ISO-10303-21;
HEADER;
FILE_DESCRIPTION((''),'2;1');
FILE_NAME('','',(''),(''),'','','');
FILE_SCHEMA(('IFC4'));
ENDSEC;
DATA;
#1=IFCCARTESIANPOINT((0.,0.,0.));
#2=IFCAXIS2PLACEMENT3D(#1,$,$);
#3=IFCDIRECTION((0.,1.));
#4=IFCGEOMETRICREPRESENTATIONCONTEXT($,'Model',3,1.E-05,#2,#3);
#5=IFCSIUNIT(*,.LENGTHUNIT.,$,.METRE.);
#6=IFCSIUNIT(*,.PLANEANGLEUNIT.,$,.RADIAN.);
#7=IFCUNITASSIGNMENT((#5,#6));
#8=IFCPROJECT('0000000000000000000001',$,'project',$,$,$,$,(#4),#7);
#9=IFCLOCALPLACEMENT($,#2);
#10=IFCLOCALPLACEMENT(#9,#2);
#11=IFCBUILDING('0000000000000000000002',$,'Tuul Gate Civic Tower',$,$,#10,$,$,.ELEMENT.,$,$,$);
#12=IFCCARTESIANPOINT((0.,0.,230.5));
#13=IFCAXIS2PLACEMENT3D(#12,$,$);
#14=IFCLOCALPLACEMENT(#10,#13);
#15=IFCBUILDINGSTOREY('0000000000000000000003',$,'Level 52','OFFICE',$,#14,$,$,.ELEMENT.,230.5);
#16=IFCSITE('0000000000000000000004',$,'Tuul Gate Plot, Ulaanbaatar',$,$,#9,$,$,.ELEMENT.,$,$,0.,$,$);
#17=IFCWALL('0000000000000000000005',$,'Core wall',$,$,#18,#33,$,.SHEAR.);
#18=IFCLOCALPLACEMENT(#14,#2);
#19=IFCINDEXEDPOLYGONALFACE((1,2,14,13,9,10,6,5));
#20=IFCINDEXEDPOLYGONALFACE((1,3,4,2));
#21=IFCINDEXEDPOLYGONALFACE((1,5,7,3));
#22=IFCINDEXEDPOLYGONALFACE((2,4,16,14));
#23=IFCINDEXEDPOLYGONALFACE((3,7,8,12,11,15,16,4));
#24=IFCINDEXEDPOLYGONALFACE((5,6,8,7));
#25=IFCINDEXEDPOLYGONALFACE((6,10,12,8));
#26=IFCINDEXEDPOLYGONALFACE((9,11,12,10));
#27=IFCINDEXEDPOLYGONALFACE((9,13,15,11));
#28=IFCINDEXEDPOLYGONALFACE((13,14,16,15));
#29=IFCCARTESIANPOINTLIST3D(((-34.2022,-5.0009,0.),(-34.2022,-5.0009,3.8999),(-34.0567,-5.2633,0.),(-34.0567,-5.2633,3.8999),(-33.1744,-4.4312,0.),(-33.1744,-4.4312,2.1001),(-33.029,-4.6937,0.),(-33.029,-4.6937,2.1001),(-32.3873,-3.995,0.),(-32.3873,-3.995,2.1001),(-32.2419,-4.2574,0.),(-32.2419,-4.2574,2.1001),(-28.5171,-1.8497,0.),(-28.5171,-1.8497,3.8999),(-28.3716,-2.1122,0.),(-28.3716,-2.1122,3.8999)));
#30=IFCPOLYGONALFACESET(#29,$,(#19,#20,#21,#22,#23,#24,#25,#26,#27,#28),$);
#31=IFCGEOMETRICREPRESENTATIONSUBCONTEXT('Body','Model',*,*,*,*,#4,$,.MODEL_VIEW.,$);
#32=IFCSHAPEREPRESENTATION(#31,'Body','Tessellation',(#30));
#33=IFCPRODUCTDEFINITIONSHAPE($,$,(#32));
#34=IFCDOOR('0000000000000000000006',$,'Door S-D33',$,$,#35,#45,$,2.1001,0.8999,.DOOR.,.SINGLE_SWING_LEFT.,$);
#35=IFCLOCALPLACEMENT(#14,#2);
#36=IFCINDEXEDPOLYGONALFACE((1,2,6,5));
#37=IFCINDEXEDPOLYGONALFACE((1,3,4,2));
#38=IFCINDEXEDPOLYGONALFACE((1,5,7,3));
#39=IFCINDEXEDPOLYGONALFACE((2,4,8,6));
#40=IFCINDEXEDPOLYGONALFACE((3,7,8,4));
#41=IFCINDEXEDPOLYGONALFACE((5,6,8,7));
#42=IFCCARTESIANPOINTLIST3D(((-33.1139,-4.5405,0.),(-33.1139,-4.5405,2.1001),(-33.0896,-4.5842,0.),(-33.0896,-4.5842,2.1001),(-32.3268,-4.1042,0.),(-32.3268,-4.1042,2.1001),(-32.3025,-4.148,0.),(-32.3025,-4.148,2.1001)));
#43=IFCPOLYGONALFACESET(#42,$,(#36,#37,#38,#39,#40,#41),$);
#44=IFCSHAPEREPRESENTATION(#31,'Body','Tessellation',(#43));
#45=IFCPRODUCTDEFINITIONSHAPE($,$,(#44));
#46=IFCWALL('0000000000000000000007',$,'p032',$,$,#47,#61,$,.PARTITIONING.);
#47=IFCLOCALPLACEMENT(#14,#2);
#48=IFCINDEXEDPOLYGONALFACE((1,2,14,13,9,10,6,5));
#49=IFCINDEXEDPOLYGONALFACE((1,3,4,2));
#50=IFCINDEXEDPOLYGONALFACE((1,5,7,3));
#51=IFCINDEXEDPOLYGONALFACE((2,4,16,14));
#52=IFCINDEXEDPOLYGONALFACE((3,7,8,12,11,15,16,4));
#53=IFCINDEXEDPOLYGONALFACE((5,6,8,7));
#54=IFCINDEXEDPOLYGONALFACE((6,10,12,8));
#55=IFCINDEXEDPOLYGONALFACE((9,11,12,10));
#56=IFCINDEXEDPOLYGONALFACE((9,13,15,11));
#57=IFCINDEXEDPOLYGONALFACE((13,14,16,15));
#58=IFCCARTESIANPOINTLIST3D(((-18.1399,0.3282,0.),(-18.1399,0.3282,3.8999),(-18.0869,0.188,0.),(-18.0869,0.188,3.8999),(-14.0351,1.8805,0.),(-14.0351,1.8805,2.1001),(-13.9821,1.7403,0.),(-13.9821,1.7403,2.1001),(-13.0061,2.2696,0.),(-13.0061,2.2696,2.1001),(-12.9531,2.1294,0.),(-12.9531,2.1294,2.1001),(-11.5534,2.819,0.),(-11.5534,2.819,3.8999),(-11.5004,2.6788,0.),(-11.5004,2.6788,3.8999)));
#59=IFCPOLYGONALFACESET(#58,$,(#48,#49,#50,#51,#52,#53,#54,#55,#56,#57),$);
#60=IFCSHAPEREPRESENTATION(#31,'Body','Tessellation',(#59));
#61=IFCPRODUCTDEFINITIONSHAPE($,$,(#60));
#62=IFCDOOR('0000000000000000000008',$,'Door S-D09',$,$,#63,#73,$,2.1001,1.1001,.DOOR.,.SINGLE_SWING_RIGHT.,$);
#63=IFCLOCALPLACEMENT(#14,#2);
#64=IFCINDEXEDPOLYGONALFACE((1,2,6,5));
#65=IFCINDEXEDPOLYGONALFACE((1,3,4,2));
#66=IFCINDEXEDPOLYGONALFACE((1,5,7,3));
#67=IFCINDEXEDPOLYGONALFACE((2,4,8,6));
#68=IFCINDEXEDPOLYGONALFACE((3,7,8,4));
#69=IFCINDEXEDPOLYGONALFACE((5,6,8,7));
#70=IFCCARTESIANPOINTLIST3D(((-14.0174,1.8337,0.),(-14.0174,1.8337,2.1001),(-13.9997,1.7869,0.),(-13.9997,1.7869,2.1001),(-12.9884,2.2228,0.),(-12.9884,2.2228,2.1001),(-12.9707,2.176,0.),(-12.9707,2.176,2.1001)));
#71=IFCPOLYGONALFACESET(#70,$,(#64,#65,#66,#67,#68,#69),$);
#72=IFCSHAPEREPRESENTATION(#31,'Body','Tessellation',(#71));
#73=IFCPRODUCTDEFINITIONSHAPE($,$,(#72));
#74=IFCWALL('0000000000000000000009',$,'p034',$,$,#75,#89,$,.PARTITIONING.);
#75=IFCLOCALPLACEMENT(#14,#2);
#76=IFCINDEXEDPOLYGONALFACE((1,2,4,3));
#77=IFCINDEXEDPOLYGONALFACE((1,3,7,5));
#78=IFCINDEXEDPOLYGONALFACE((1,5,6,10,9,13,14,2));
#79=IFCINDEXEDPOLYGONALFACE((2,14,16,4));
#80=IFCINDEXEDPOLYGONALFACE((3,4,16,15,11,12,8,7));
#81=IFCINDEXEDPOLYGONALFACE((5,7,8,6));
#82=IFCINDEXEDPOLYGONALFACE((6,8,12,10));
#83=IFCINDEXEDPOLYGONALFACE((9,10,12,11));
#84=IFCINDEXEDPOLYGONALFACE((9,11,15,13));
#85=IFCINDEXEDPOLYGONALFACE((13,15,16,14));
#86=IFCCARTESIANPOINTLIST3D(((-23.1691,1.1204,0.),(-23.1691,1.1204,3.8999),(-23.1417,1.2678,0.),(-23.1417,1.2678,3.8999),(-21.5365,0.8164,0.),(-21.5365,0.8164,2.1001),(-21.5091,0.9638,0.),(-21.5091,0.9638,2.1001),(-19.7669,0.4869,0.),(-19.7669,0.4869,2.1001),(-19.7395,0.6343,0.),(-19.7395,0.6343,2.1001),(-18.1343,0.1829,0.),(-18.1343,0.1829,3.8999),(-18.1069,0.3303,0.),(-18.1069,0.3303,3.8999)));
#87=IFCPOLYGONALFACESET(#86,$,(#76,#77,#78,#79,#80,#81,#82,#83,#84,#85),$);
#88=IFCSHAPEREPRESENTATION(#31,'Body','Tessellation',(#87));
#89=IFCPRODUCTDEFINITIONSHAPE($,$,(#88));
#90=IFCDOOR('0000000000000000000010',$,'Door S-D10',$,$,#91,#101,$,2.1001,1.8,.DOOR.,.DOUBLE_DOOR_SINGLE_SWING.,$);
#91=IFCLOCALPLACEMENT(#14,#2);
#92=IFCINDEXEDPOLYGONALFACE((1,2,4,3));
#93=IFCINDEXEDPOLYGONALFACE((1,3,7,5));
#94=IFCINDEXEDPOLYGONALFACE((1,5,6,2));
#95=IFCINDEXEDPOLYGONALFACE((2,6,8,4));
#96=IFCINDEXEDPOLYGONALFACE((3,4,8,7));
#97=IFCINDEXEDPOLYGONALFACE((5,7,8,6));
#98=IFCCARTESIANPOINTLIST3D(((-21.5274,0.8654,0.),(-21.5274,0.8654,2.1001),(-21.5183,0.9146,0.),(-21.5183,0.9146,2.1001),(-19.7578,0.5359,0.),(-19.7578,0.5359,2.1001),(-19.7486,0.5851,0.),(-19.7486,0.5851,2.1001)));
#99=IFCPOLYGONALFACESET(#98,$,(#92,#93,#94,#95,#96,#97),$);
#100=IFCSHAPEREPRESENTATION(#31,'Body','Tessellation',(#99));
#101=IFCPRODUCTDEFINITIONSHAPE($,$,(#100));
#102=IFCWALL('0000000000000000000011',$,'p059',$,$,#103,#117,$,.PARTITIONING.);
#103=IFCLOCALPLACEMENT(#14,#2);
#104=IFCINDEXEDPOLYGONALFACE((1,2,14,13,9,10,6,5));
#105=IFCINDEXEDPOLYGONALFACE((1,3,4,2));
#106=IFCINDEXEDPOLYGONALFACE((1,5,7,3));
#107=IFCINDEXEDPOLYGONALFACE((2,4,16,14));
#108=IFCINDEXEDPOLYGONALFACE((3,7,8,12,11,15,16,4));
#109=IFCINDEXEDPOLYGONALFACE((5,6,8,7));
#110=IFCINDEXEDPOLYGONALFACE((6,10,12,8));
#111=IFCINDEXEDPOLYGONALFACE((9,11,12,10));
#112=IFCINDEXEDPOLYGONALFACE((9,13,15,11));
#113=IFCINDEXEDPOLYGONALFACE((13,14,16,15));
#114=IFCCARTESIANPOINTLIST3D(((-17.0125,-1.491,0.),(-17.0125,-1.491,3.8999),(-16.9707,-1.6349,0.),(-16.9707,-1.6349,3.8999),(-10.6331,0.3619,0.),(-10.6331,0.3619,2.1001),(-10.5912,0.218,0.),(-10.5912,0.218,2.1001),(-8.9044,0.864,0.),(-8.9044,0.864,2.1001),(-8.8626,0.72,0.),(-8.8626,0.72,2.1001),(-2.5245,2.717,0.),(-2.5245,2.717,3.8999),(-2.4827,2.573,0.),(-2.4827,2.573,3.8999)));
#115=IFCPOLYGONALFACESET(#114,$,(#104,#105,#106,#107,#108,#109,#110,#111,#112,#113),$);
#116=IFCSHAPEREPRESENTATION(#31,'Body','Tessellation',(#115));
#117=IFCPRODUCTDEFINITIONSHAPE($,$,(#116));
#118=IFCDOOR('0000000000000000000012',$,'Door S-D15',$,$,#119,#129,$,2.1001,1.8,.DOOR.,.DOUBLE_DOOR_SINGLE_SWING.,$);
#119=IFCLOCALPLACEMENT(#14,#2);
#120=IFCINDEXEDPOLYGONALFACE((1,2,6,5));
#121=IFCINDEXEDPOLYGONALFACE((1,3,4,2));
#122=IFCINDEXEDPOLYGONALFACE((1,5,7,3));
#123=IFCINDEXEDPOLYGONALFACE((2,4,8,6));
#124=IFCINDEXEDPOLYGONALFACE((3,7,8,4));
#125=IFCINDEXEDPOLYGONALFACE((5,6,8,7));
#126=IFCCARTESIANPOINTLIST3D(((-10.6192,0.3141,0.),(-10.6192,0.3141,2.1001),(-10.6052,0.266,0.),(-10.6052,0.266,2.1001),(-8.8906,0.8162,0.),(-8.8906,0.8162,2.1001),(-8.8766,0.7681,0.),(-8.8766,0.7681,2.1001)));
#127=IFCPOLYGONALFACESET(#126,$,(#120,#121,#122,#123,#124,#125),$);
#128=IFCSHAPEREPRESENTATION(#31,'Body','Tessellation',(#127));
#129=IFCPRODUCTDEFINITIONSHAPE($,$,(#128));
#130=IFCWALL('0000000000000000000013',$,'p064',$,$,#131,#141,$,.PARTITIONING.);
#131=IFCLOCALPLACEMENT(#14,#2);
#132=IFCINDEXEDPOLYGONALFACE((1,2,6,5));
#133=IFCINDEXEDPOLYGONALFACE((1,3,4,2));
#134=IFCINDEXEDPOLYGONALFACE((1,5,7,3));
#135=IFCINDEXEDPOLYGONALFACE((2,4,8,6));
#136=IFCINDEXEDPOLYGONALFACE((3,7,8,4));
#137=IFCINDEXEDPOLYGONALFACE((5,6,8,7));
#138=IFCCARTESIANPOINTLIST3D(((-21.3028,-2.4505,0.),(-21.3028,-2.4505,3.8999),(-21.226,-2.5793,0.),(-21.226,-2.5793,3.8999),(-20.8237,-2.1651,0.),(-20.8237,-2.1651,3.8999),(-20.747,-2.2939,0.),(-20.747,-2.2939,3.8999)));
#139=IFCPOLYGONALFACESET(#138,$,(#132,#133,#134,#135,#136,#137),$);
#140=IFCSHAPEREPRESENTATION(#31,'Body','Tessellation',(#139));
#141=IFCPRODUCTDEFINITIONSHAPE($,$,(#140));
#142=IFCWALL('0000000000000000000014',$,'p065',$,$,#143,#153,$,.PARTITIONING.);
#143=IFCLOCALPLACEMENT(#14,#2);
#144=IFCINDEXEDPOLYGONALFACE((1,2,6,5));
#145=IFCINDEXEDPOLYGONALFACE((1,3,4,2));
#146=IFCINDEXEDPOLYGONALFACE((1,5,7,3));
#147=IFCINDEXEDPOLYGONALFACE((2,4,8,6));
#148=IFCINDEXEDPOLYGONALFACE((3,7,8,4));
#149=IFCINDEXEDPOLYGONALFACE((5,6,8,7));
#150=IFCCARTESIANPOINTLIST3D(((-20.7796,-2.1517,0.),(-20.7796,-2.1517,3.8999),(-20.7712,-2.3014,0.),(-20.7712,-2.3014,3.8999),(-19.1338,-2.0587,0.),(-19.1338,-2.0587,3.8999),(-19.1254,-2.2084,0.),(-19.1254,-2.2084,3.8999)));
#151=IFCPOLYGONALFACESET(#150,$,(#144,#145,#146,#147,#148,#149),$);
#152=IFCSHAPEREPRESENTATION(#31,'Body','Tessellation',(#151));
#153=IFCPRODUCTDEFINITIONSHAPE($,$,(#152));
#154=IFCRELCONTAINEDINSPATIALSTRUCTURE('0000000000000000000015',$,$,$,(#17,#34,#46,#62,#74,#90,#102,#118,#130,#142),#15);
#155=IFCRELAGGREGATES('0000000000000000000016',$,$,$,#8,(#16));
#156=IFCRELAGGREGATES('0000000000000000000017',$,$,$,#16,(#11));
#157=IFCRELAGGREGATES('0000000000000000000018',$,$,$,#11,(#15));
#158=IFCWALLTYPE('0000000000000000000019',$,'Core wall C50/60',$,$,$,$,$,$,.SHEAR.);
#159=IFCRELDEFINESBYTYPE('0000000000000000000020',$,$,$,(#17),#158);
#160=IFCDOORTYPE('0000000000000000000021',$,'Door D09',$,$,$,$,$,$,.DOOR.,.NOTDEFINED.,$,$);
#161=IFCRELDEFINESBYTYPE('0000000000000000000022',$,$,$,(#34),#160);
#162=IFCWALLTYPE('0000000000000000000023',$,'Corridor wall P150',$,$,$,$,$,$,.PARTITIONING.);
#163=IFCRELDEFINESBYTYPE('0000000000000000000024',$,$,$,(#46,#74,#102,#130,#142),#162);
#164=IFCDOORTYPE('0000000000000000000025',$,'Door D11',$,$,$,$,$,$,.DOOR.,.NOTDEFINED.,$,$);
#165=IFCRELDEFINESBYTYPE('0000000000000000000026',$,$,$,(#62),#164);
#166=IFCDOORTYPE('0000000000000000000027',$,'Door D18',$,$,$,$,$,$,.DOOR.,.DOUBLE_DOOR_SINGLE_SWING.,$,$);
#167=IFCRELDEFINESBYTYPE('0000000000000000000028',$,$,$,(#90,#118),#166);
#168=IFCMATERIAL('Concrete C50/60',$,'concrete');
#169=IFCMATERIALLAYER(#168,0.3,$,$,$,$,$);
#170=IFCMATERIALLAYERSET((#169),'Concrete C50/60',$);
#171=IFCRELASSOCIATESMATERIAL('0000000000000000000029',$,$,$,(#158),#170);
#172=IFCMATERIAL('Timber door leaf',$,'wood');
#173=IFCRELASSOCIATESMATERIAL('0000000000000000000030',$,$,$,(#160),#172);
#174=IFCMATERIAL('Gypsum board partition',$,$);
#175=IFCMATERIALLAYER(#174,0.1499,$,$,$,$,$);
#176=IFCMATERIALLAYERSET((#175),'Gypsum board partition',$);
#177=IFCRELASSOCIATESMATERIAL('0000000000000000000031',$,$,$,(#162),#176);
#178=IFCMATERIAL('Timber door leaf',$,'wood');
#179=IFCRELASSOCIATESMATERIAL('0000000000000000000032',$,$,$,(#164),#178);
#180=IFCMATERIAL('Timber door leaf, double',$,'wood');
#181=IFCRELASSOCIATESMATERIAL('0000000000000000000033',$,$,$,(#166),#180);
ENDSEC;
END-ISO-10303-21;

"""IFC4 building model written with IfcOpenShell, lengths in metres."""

from ifc_helpers import new_model, si_unit, direction, frame, frame_2d, origin, place, context, subcontext, project, spatial, rectangle, extrude, material, layer, layer_set, type_object, element, fill, save


model = new_model("IFC4")

# Units and contexts
model_context = context("Model", 3, precision=1e-05, world=origin(), true_north=direction((0.0, 1.0)))
body_context = subcontext(model_context, "Body", "Model", "MODEL_VIEW")
ifc_project = project(units=[si_unit("LENGTHUNIT", "METRE"), si_unit("PLANEANGLEUNIT", "RADIAN")], contexts=[model_context])

# Site, building, storey
site_placement = place(None, origin())
site = spatial("IfcSite", under=ifc_project, at=site_placement, Name="Tuul Gate Plot, Ulaanbaatar", CompositionType="ELEMENT", RefElevation=0.0)
building_placement = place(site_placement, origin())
building = spatial("IfcBuilding", under=site, at=building_placement, Name="Tuul Gate Civic Tower", CompositionType="ELEMENT")
storey_placement = place(building_placement, frame((0.0, 0.0, 230.5)))
storey = spatial("IfcBuildingStorey", under=building, at=storey_placement, Name="Level 52", Description="OFFICE", CompositionType="ELEMENT", Elevation=230.5)

# Walls, openings, doors
ifc_material_1 = material(Name="Concrete C50/60", Category="concrete")
ifc_layer_1 = layer(ifc_material_1, 0.3)
ifc_layer_set_1 = layer_set([ifc_layer_1], Name="Concrete C50/60")
wall_type_1 = type_object("IfcWallType", Name="Core wall C50/60", PredefinedType="SHEAR", material=ifc_layer_set_1)
wall_1_placement = place(storey_placement, frame((-28.4443, -1.981, 0.0), z_axis=(0.0, 0.0, 1.0), x_axis=(-0.87463, -0.484791, 0.0)))
wall_1 = element("IfcWall", 1, at=wall_1_placement, inside=storey, type_object=wall_type_1, Name="Core wall", PredefinedType="SHEAR", context=body_context, shape_type="SweptSolid", body=[
    extrude(rectangle(XDim=6.5, YDim=0.3, at=frame_2d((3.25, 0.0))), origin(), (0.0, 0.0, 1.0), 3.8999),
])
opening_1_placement = place(wall_1_placement, frame((4.425, 0.0, 0.0)))
opening_1 = element("IfcOpeningElement", 2, at=opening_1_placement, cuts=wall_1, PredefinedType="OPENING", context=body_context, shape_type="SweptSolid", body=[
    extrude(rectangle(XDim=0.8999, YDim=2.1001, at=frame_2d((0.45, 1.05))), frame((0.0, 0.1602, 0.0), z_axis=(0.0, -1.0, 0.0), x_axis=(1.0, 0.0, 0.0)), (0.0, 0.0, 1.0), 0.3201),
])
ifc_material_2 = material(Name="Timber door leaf", Category="wood")
door_type_1 = type_object("IfcDoorType", Name="Door D09", OperationType="NOTDEFINED", PredefinedType="DOOR", material=ifc_material_2)
door_1_placement = place(opening_1_placement, origin())
door_1 = element("IfcDoor", 3, at=door_1_placement, inside=storey, type_object=door_type_1, Name="Door S-D33", OperationType="SINGLE_SWING_LEFT", OverallHeight=2.1001, OverallWidth=0.8999, PredefinedType="DOOR", context=body_context, shape_type="SweptSolid", body=[
    extrude(rectangle(XDim=0.8999, YDim=2.1001, at=frame_2d((0.45, 1.05))), frame((0.0, 0.0249, 0.0), z_axis=(0.0, -1.0, 0.0), x_axis=(1.0, 0.0, 0.0)), (0.0, 0.0, 1.0), 0.05),
])
fill(opening_1, door_1)
ifc_material_3 = material(Name="Gypsum board partition")
ifc_layer_2 = layer(ifc_material_3, 0.1499)
ifc_layer_set_2 = layer_set([ifc_layer_2], Name="Gypsum board partition")
wall_type_2 = type_object("IfcWallType", Name="Corridor wall P150", PredefinedType="PARTITIONING", material=ifc_layer_set_2)
wall_2_placement = place(storey_placement, frame((-18.1135, 0.2581, 0.0), z_axis=(0.0, 0.0, 1.0), x_axis=(0.935354, 0.353713, 0.0)))
wall_2 = element("IfcWall", 4, at=wall_2_placement, inside=storey, type_object=wall_type_2, Name="p032", PredefinedType="PARTITIONING", context=body_context, shape_type="SweptSolid", body=[
    extrude(rectangle(XDim=7.0417, YDim=0.1499, at=frame_2d((3.521, 0.0))), origin(), (0.0, 0.0, 1.0), 3.8999),
])
opening_2_placement = place(wall_2_placement, frame((4.3887, 0.0, 0.0)))
opening_2 = element("IfcOpeningElement", 5, at=opening_2_placement, cuts=wall_2, PredefinedType="OPENING", context=body_context, shape_type="SweptSolid", body=[
    extrude(rectangle(XDim=1.1001, YDim=2.1001, at=frame_2d((0.55, 1.05))), frame((0.0, 0.085, 0.0), z_axis=(0.0, -1.0, 0.0), x_axis=(1.0, 0.0, 0.0)), (0.0, 0.0, 1.0), 0.1699),
])
ifc_material_4 = material(Name="Timber door leaf", Category="wood")
door_type_2 = type_object("IfcDoorType", Name="Door D11", OperationType="NOTDEFINED", PredefinedType="DOOR", material=ifc_material_4)
door_2_placement = place(opening_2_placement, origin())
door_2 = element("IfcDoor", 6, at=door_2_placement, inside=storey, type_object=door_type_2, Name="Door S-D09", OperationType="SINGLE_SWING_RIGHT", OverallHeight=2.1001, OverallWidth=1.1001, PredefinedType="DOOR", context=body_context, shape_type="SweptSolid", body=[
    extrude(rectangle(XDim=1.1001, YDim=2.1001, at=frame_2d((0.55, 1.05))), frame((0.0, 0.0249, 0.0), z_axis=(0.0, -1.0, 0.0), x_axis=(1.0, 0.0, 0.0)), (0.0, 0.0, 1.0), 0.05),
])
fill(opening_2, door_2)
wall_3_placement = place(storey_placement, frame((-23.1553, 1.1941, 0.0), z_axis=(0.0, 0.0, 1.0), x_axis=(0.983103, -0.183054, 0.0)))
wall_3 = element("IfcWall", 7, at=wall_3_placement, inside=storey, type_object=wall_type_2, Name="p034", PredefinedType="PARTITIONING", context=body_context, shape_type="SweptSolid", body=[
    extrude(rectangle(XDim=5.1213, YDim=0.1499, at=frame_2d((2.5605, 0.0))), origin(), (0.0, 0.0, 1.0), 3.8999),
])
opening_3_placement = place(wall_3_placement, frame((1.6606, 0.0, 0.0)))
opening_3 = element("IfcOpeningElement", 8, at=opening_3_placement, cuts=wall_3, PredefinedType="OPENING", context=body_context, shape_type="SweptSolid", body=[
    extrude(rectangle(XDim=1.8, YDim=2.1001, at=frame_2d((0.8999, 1.05))), frame((0.0, 0.085, 0.0), z_axis=(0.0, -1.0, 0.0), x_axis=(1.0, 0.0, 0.0)), (0.0, 0.0, 1.0), 0.1699),
])
ifc_material_5 = material(Name="Timber door leaf, double", Category="wood")
door_type_3 = type_object("IfcDoorType", Name="Door D18", OperationType="DOUBLE_DOOR_SINGLE_SWING", PredefinedType="DOOR", material=ifc_material_5)
door_3_placement = place(opening_3_placement, origin())
door_3 = element("IfcDoor", 9, at=door_3_placement, inside=storey, type_object=door_type_3, Name="Door S-D10", OperationType="DOUBLE_DOOR_SINGLE_SWING", OverallHeight=2.1001, OverallWidth=1.8, PredefinedType="DOOR", context=body_context, shape_type="SweptSolid", body=[
    extrude(rectangle(XDim=1.8, YDim=2.1001, at=frame_2d((0.8999, 1.05))), frame((0.0, 0.0249, 0.0), z_axis=(0.0, -1.0, 0.0), x_axis=(1.0, 0.0, 0.0)), (0.0, 0.0, 1.0), 0.05),
])
fill(opening_3, door_3)
wall_4_placement = place(storey_placement, frame((-16.9917, -1.563, 0.0), z_axis=(0.0, 0.0, 1.0), x_axis=(0.960314, 0.27892, 0.0)))
wall_4 = element("IfcWall", 10, at=wall_4_placement, inside=storey, type_object=wall_type_2, Name="p059", PredefinedType="PARTITIONING", context=body_context, shape_type="SweptSolid", body=[
    extrude(rectangle(XDim=15.0867, YDim=0.1499, at=frame_2d((7.5435, 0.0))), origin(), (0.0, 0.0, 1.0), 3.8999),
])
opening_4_placement = place(wall_4_placement, frame((6.6433, 0.0, 0.0)))
opening_4 = element("IfcOpeningElement", 11, at=opening_4_placement, cuts=wall_4, PredefinedType="OPENING", context=body_context, shape_type="SweptSolid", body=[
    extrude(rectangle(XDim=1.8, YDim=2.1001, at=frame_2d((0.8999, 1.05))), frame((0.0, 0.085, 0.0), z_axis=(0.0, -1.0, 0.0), x_axis=(1.0, 0.0, 0.0)), (0.0, 0.0, 1.0), 0.1699),
])
door_4_placement = place(opening_4_placement, frame((1.8, 0.0, 0.0), z_axis=(0.0, 0.0, 1.0), x_axis=(-1.0, 0.0, 0.0)))
door_4 = element("IfcDoor", 12, at=door_4_placement, inside=storey, type_object=door_type_3, Name="Door S-D15", OperationType="DOUBLE_DOOR_SINGLE_SWING", OverallHeight=2.1001, OverallWidth=1.8, PredefinedType="DOOR", context=body_context, shape_type="SweptSolid", body=[
    extrude(rectangle(XDim=1.8, YDim=2.1001, at=frame_2d((0.9001, 1.05))), frame((0.0, 0.0249, 0.0), z_axis=(0.0, -1.0, 0.0), x_axis=(1.0, 0.0, 0.0)), (0.0, 0.0, 1.0), 0.05),
])
fill(opening_4, door_4)

# Walls
wall_5_placement = place(storey_placement, frame((-21.2644, -2.5149, 0.0), z_axis=(0.0, 0.0, 1.0), x_axis=(0.859073, 0.511853, 0.0)))
element("IfcWall", 13, at=wall_5_placement, inside=storey, type_object=wall_type_2, Name="p064", PredefinedType="PARTITIONING", context=body_context, shape_type="SweptSolid", body=[
    extrude(rectangle(XDim=0.5576, YDim=0.1499, at=frame_2d((0.2788, 0.0))), origin(), (0.0, 0.0, 1.0), 3.8999),
])
wall_6_placement = place(storey_placement, frame((-20.7754, -2.2266, 0.0), z_axis=(0.0, 0.0, 1.0), x_axis=(0.998407, 0.05643, 0.0)))
element("IfcWall", 14, at=wall_6_placement, inside=storey, type_object=wall_type_2, Name="p065", PredefinedType="PARTITIONING", context=body_context, shape_type="SweptSolid", body=[
    extrude(rectangle(XDim=1.6484, YDim=0.1499, at=frame_2d((0.8242, 0.0))), origin(), (0.0, 0.0, 1.0), 3.8999),
])

save(model, "model.ifc")
